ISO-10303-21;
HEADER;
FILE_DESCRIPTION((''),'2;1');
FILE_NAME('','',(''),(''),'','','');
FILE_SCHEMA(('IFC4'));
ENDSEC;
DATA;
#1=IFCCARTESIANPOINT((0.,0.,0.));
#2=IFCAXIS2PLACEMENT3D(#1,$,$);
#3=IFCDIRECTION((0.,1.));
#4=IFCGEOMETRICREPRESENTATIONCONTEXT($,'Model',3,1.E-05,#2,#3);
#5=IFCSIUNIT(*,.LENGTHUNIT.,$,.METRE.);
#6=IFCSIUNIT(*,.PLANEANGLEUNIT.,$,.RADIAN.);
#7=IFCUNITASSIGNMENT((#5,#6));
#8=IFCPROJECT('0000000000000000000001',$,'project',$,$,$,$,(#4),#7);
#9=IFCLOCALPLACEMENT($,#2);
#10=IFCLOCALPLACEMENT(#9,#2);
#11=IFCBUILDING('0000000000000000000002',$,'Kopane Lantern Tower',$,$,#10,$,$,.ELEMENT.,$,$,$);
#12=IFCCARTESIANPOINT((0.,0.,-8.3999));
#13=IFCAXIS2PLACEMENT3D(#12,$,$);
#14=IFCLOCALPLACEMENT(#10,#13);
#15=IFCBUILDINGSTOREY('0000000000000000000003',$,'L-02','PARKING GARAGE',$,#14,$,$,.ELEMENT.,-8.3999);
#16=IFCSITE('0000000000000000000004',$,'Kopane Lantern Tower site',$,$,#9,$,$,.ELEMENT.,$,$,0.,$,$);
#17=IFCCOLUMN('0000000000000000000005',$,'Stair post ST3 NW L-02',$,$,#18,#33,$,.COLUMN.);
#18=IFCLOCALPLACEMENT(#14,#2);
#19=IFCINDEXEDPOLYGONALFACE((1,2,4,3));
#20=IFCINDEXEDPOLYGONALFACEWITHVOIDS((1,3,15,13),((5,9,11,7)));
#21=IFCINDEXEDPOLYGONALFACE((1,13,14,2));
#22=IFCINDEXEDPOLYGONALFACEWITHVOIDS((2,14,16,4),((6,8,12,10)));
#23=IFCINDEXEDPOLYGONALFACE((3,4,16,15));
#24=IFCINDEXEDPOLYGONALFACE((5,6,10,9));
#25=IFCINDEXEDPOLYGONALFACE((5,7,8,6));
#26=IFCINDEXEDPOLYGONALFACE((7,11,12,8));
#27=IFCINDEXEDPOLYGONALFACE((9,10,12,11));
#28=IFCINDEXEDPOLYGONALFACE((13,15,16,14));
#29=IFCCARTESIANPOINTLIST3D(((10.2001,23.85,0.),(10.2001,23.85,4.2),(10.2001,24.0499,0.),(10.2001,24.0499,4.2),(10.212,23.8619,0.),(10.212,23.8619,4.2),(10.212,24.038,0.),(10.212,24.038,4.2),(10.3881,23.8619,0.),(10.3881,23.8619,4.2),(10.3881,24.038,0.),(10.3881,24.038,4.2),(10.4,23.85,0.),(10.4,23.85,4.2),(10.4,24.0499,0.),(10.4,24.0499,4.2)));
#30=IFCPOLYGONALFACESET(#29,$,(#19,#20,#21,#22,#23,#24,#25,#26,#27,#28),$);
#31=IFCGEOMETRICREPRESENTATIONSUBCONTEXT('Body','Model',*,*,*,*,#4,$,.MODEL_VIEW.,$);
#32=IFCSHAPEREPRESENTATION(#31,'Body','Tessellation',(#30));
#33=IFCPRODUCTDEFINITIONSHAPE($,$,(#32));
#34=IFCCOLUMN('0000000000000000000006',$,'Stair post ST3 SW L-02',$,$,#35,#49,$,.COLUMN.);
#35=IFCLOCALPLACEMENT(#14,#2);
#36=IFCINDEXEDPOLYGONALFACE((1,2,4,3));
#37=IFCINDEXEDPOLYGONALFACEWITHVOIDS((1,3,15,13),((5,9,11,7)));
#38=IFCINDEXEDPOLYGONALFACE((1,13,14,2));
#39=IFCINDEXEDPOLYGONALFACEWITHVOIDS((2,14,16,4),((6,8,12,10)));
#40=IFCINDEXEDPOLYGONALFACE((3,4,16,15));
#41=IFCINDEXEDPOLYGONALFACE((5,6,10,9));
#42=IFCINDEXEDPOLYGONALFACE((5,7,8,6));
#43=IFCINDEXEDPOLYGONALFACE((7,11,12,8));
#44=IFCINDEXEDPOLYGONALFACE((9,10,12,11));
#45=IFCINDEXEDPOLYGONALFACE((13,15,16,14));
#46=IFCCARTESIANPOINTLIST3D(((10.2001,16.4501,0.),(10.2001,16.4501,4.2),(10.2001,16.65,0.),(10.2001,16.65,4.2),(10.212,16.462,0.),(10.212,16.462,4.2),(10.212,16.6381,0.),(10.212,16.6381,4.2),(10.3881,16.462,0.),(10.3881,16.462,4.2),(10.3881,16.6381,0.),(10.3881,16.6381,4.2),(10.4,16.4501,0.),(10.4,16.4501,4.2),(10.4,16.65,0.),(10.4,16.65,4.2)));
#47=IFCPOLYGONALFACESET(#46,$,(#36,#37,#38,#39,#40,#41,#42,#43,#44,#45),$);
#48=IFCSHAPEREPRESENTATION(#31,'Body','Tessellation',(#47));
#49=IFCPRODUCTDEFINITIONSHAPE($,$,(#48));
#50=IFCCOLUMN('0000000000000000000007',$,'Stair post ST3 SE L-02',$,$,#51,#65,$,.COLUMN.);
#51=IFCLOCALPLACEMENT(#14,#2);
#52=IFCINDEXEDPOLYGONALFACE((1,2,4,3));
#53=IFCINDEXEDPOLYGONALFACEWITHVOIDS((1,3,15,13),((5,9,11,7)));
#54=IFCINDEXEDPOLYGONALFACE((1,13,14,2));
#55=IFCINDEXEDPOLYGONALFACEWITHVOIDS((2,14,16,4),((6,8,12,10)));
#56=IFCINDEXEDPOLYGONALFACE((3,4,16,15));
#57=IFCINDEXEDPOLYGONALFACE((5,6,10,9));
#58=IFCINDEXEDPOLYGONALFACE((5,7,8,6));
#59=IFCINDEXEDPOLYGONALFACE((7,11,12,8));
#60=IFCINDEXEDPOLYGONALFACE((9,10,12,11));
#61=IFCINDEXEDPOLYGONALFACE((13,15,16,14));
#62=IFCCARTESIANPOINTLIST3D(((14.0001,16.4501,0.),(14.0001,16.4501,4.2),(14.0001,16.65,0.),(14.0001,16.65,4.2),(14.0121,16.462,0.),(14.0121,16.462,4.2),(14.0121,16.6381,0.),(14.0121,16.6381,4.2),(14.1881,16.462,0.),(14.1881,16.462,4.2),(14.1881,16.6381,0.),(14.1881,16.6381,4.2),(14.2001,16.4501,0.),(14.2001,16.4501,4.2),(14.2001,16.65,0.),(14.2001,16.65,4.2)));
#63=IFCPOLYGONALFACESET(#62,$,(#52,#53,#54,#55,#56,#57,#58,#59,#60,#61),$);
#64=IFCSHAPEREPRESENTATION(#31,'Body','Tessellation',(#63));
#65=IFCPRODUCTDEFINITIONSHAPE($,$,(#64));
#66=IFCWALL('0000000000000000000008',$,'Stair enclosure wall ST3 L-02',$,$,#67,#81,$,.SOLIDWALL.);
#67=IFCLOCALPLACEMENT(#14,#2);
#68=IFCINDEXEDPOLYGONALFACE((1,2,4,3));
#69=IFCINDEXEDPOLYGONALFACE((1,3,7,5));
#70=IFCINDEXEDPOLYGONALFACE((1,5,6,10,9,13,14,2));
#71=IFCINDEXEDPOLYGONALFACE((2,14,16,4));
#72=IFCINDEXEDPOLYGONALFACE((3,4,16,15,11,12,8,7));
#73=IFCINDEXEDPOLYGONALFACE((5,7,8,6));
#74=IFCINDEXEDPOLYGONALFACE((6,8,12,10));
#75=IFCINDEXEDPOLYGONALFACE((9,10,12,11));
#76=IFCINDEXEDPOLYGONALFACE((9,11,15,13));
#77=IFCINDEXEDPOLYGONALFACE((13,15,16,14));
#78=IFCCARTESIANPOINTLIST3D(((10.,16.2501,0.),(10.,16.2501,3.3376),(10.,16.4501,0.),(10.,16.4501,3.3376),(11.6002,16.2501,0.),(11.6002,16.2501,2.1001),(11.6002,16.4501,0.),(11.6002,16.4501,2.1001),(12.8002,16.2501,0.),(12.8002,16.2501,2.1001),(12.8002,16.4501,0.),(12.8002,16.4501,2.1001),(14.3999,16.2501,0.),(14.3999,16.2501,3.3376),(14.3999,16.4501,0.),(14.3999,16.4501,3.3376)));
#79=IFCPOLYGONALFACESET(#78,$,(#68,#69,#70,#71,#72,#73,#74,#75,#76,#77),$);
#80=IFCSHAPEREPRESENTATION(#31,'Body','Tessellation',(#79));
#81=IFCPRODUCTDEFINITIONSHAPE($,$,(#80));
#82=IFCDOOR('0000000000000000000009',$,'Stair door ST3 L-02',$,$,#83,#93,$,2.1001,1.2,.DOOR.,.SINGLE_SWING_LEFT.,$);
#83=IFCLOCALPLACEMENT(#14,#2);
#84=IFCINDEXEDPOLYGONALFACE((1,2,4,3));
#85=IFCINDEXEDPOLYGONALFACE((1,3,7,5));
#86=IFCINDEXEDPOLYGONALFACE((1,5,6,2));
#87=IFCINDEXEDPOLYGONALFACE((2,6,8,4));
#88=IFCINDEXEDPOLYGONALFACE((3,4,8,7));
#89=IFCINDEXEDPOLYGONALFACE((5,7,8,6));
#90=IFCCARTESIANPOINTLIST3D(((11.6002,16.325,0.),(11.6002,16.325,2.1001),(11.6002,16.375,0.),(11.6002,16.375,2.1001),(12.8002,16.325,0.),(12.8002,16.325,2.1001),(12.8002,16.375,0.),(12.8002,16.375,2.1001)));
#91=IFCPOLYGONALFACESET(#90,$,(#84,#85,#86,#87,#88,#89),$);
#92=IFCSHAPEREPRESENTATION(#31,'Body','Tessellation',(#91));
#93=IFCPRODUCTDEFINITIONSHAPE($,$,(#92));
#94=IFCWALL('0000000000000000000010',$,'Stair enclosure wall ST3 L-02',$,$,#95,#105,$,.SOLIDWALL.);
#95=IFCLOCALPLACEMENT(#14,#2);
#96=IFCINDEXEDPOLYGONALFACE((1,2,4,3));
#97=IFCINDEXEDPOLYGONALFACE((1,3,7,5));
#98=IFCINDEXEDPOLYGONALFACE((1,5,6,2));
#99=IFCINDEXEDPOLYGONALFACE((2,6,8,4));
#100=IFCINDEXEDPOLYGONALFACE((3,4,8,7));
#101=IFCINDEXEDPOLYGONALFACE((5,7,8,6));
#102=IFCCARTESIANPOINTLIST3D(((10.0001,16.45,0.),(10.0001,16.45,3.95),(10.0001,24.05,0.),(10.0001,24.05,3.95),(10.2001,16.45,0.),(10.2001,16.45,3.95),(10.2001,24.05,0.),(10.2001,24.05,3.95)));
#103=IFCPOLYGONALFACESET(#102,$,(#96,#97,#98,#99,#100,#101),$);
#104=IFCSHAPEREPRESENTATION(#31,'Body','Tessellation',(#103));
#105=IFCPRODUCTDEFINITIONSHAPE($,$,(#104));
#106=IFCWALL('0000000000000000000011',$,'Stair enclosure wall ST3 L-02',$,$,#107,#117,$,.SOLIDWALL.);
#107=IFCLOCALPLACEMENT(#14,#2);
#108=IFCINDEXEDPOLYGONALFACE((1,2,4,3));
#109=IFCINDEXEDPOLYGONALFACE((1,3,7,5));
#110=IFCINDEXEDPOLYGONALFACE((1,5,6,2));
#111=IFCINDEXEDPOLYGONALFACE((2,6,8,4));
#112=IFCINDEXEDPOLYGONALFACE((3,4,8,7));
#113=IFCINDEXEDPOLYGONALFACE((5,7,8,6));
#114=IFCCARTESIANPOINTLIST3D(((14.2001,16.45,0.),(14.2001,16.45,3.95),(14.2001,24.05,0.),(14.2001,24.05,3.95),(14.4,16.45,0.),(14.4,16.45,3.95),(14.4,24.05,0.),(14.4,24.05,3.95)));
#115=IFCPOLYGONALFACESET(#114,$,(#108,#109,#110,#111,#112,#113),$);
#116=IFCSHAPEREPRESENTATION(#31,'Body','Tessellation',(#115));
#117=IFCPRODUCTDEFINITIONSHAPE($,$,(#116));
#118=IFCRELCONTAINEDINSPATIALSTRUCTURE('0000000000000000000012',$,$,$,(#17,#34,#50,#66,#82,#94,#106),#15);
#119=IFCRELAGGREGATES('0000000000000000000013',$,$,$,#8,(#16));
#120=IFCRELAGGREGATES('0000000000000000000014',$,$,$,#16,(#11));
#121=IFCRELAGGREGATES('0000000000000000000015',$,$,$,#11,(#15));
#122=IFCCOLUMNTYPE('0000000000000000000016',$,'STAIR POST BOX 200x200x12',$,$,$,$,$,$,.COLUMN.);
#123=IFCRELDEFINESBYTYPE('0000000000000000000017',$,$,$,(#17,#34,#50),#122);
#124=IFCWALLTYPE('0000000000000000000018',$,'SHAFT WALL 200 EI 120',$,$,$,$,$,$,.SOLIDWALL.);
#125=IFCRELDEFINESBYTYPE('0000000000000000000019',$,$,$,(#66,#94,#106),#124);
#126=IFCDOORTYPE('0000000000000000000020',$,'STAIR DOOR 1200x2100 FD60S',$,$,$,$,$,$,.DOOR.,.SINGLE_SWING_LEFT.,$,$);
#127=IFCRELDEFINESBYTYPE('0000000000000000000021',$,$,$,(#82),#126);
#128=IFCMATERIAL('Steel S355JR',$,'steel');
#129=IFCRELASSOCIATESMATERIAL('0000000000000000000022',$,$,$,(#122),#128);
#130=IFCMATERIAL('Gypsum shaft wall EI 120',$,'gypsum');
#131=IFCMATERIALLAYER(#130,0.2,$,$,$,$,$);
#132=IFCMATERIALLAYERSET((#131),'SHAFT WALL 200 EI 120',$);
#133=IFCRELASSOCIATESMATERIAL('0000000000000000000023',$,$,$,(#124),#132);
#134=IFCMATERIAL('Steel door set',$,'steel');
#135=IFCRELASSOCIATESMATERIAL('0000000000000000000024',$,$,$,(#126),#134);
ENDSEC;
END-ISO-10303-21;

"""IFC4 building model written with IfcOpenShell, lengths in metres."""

from ifc_helpers import new_model, si_unit, direction, frame, frame_2d, origin, origin_2d, place, context, subcontext, project, spatial, rectangle, hollow_rectangle, extrude, material, layer, layer_set, material_profile, profile_set, type_object, element, fill, save


model = new_model("IFC4")

# Units and contexts
model_context = context("Model", 3, precision=1e-05, world=origin(), true_north=direction((0.0, 1.0)))
body_context = subcontext(model_context, "Body", "Model", "MODEL_VIEW")
ifc_project = project(units=[si_unit("LENGTHUNIT", "METRE"), si_unit("PLANEANGLEUNIT", "RADIAN")], contexts=[model_context])

# Site, building, storey
site_placement = place(None, origin())
site = spatial("IfcSite", under=ifc_project, at=site_placement, Name="Kopane Lantern Tower site", CompositionType="ELEMENT", RefElevation=0.0)
building_placement = place(site_placement, origin())
building = spatial("IfcBuilding", under=site, at=building_placement, Name="Kopane Lantern Tower", CompositionType="ELEMENT")
storey_placement = place(building_placement, frame((0.0, 0.0, -8.3999)))
storey = spatial("IfcBuildingStorey", under=building, at=storey_placement, Name="L-02", Description="PARKING GARAGE", CompositionType="ELEMENT", Elevation=-8.3999)

# Columns
ifc_material_1 = material(Name="Steel S355JR", Category="steel")
ifc_material_profile_1 = material_profile(ifc_material_1, hollow_rectangle(XDim=0.2, YDim=0.2, WallThickness=0.012, at=origin_2d()), Name="BOX 200x200x12")
ifc_profile_set_1 = profile_set([ifc_material_profile_1], Name="Steel S355JR")
column_type_1 = type_object("IfcColumnType", Name="STAIR POST BOX 200x200x12", PredefinedType="COLUMN", material=ifc_profile_set_1)
for number, where, z_axis, x_axis, name in (
    (1, (10.3, 23.95, 0.0), (0.0, 0.0, 1.0), (1.0, 0.0, 0.0), "Stair post ST3 NW L-02"),
    (2, (10.3, 16.55, 0.0), (0.0, 0.0, 1.0), (1.0, 0.0, 0.0), "Stair post ST3 SW L-02"),
    (3, (14.1001, 16.55, 0.0), (0.0, 0.0, 1.0), (1.0, 0.0, 0.0), "Stair post ST3 SE L-02"),
):
    element("IfcColumn", number, at=place(storey_placement, frame(where, z_axis=z_axis, x_axis=x_axis)), inside=storey, type_object=column_type_1, Name=name, PredefinedType="COLUMN", context=body_context, shape_type="SweptSolid", body=[
        extrude(hollow_rectangle(XDim=0.2, YDim=0.2, WallThickness=0.012, at=origin_2d()), origin(), (0.0, 0.0, 1.0), 4.2),
    ])

# Wall, opening, door
ifc_material_2 = material(Name="Gypsum shaft wall EI 120", Category="gypsum")
ifc_layer = layer(ifc_material_2, 0.2)
ifc_layer_set = layer_set([ifc_layer], Name="SHAFT WALL 200 EI 120")
wall_type = type_object("IfcWallType", Name="SHAFT WALL 200 EI 120", PredefinedType="SOLIDWALL", material=ifc_layer_set)
wall_placement = place(storey_placement, frame((10.0, 16.3501, 0.0), z_axis=(0.0, 0.0, 1.0), x_axis=(1.0, 0.0, 0.0)))
wall = element("IfcWall", 4, at=wall_placement, inside=storey, type_object=wall_type, Name="Stair enclosure wall ST3 L-02", PredefinedType="SOLIDWALL", context=body_context, shape_type="SweptSolid", body=[
    extrude(rectangle(XDim=4.3999, YDim=0.2, at=frame_2d((2.2, 0.0))), origin(), (0.0, 0.0, 1.0), 3.3376),
])
opening_placement = place(wall_placement, frame((1.6001, 0.0, 0.0)))
opening = element("IfcOpeningElement", 5, at=opening_placement, cuts=wall, PredefinedType="OPENING", context=body_context, shape_type="SweptSolid", body=[
    extrude(rectangle(XDim=1.2, YDim=2.1001, at=frame_2d((0.6001, 1.05))), frame((0.0, 0.1099, 0.0), z_axis=(0.0, -1.0, 0.0), x_axis=(1.0, 0.0, 0.0)), (0.0, 0.0, 1.0), 0.22),
])
ifc_material_3 = material(Name="Steel door set", Category="steel")
door_type = type_object("IfcDoorType", Name="STAIR DOOR 1200x2100 FD60S", OperationType="SINGLE_SWING_LEFT", PredefinedType="DOOR", material=ifc_material_3)
door_placement = place(opening_placement, origin())
door = element("IfcDoor", 6, at=door_placement, inside=storey, type_object=door_type, Name="Stair door ST3 L-02", OperationType="SINGLE_SWING_LEFT", OverallHeight=2.1001, OverallWidth=1.2, PredefinedType="DOOR", context=body_context, shape_type="SweptSolid", body=[
    extrude(rectangle(XDim=1.2, YDim=2.1001, at=frame_2d((0.6001, 1.05))), frame((0.0, 0.0249, 0.0), z_axis=(0.0, -1.0, 0.0), x_axis=(1.0, 0.0, 0.0)), (0.0, 0.0, 1.0), 0.05),
])
fill(opening, door)

# Walls
for number, where, z_axis, x_axis, name in (
    (7, (10.1001, 16.45, 0.0), (0.0, 0.0, 1.0), (0.0, 1.0, 0.0), "Stair enclosure wall ST3 L-02"),
    (8, (14.3, 16.45, 0.0), (0.0, 0.0, 1.0), (0.0, 1.0, 0.0), "Stair enclosure wall ST3 L-02"),
):
    element("IfcWall", number, at=place(storey_placement, frame(where, z_axis=z_axis, x_axis=x_axis)), inside=storey, type_object=wall_type, Name=name, PredefinedType="SOLIDWALL", context=body_context, shape_type="SweptSolid", body=[
        extrude(rectangle(XDim=7.6001, YDim=0.2, at=frame_2d((3.8, 0.0))), origin(), (0.0, 0.0, 1.0), 3.95),
    ])

save(model, "model.ifc")
